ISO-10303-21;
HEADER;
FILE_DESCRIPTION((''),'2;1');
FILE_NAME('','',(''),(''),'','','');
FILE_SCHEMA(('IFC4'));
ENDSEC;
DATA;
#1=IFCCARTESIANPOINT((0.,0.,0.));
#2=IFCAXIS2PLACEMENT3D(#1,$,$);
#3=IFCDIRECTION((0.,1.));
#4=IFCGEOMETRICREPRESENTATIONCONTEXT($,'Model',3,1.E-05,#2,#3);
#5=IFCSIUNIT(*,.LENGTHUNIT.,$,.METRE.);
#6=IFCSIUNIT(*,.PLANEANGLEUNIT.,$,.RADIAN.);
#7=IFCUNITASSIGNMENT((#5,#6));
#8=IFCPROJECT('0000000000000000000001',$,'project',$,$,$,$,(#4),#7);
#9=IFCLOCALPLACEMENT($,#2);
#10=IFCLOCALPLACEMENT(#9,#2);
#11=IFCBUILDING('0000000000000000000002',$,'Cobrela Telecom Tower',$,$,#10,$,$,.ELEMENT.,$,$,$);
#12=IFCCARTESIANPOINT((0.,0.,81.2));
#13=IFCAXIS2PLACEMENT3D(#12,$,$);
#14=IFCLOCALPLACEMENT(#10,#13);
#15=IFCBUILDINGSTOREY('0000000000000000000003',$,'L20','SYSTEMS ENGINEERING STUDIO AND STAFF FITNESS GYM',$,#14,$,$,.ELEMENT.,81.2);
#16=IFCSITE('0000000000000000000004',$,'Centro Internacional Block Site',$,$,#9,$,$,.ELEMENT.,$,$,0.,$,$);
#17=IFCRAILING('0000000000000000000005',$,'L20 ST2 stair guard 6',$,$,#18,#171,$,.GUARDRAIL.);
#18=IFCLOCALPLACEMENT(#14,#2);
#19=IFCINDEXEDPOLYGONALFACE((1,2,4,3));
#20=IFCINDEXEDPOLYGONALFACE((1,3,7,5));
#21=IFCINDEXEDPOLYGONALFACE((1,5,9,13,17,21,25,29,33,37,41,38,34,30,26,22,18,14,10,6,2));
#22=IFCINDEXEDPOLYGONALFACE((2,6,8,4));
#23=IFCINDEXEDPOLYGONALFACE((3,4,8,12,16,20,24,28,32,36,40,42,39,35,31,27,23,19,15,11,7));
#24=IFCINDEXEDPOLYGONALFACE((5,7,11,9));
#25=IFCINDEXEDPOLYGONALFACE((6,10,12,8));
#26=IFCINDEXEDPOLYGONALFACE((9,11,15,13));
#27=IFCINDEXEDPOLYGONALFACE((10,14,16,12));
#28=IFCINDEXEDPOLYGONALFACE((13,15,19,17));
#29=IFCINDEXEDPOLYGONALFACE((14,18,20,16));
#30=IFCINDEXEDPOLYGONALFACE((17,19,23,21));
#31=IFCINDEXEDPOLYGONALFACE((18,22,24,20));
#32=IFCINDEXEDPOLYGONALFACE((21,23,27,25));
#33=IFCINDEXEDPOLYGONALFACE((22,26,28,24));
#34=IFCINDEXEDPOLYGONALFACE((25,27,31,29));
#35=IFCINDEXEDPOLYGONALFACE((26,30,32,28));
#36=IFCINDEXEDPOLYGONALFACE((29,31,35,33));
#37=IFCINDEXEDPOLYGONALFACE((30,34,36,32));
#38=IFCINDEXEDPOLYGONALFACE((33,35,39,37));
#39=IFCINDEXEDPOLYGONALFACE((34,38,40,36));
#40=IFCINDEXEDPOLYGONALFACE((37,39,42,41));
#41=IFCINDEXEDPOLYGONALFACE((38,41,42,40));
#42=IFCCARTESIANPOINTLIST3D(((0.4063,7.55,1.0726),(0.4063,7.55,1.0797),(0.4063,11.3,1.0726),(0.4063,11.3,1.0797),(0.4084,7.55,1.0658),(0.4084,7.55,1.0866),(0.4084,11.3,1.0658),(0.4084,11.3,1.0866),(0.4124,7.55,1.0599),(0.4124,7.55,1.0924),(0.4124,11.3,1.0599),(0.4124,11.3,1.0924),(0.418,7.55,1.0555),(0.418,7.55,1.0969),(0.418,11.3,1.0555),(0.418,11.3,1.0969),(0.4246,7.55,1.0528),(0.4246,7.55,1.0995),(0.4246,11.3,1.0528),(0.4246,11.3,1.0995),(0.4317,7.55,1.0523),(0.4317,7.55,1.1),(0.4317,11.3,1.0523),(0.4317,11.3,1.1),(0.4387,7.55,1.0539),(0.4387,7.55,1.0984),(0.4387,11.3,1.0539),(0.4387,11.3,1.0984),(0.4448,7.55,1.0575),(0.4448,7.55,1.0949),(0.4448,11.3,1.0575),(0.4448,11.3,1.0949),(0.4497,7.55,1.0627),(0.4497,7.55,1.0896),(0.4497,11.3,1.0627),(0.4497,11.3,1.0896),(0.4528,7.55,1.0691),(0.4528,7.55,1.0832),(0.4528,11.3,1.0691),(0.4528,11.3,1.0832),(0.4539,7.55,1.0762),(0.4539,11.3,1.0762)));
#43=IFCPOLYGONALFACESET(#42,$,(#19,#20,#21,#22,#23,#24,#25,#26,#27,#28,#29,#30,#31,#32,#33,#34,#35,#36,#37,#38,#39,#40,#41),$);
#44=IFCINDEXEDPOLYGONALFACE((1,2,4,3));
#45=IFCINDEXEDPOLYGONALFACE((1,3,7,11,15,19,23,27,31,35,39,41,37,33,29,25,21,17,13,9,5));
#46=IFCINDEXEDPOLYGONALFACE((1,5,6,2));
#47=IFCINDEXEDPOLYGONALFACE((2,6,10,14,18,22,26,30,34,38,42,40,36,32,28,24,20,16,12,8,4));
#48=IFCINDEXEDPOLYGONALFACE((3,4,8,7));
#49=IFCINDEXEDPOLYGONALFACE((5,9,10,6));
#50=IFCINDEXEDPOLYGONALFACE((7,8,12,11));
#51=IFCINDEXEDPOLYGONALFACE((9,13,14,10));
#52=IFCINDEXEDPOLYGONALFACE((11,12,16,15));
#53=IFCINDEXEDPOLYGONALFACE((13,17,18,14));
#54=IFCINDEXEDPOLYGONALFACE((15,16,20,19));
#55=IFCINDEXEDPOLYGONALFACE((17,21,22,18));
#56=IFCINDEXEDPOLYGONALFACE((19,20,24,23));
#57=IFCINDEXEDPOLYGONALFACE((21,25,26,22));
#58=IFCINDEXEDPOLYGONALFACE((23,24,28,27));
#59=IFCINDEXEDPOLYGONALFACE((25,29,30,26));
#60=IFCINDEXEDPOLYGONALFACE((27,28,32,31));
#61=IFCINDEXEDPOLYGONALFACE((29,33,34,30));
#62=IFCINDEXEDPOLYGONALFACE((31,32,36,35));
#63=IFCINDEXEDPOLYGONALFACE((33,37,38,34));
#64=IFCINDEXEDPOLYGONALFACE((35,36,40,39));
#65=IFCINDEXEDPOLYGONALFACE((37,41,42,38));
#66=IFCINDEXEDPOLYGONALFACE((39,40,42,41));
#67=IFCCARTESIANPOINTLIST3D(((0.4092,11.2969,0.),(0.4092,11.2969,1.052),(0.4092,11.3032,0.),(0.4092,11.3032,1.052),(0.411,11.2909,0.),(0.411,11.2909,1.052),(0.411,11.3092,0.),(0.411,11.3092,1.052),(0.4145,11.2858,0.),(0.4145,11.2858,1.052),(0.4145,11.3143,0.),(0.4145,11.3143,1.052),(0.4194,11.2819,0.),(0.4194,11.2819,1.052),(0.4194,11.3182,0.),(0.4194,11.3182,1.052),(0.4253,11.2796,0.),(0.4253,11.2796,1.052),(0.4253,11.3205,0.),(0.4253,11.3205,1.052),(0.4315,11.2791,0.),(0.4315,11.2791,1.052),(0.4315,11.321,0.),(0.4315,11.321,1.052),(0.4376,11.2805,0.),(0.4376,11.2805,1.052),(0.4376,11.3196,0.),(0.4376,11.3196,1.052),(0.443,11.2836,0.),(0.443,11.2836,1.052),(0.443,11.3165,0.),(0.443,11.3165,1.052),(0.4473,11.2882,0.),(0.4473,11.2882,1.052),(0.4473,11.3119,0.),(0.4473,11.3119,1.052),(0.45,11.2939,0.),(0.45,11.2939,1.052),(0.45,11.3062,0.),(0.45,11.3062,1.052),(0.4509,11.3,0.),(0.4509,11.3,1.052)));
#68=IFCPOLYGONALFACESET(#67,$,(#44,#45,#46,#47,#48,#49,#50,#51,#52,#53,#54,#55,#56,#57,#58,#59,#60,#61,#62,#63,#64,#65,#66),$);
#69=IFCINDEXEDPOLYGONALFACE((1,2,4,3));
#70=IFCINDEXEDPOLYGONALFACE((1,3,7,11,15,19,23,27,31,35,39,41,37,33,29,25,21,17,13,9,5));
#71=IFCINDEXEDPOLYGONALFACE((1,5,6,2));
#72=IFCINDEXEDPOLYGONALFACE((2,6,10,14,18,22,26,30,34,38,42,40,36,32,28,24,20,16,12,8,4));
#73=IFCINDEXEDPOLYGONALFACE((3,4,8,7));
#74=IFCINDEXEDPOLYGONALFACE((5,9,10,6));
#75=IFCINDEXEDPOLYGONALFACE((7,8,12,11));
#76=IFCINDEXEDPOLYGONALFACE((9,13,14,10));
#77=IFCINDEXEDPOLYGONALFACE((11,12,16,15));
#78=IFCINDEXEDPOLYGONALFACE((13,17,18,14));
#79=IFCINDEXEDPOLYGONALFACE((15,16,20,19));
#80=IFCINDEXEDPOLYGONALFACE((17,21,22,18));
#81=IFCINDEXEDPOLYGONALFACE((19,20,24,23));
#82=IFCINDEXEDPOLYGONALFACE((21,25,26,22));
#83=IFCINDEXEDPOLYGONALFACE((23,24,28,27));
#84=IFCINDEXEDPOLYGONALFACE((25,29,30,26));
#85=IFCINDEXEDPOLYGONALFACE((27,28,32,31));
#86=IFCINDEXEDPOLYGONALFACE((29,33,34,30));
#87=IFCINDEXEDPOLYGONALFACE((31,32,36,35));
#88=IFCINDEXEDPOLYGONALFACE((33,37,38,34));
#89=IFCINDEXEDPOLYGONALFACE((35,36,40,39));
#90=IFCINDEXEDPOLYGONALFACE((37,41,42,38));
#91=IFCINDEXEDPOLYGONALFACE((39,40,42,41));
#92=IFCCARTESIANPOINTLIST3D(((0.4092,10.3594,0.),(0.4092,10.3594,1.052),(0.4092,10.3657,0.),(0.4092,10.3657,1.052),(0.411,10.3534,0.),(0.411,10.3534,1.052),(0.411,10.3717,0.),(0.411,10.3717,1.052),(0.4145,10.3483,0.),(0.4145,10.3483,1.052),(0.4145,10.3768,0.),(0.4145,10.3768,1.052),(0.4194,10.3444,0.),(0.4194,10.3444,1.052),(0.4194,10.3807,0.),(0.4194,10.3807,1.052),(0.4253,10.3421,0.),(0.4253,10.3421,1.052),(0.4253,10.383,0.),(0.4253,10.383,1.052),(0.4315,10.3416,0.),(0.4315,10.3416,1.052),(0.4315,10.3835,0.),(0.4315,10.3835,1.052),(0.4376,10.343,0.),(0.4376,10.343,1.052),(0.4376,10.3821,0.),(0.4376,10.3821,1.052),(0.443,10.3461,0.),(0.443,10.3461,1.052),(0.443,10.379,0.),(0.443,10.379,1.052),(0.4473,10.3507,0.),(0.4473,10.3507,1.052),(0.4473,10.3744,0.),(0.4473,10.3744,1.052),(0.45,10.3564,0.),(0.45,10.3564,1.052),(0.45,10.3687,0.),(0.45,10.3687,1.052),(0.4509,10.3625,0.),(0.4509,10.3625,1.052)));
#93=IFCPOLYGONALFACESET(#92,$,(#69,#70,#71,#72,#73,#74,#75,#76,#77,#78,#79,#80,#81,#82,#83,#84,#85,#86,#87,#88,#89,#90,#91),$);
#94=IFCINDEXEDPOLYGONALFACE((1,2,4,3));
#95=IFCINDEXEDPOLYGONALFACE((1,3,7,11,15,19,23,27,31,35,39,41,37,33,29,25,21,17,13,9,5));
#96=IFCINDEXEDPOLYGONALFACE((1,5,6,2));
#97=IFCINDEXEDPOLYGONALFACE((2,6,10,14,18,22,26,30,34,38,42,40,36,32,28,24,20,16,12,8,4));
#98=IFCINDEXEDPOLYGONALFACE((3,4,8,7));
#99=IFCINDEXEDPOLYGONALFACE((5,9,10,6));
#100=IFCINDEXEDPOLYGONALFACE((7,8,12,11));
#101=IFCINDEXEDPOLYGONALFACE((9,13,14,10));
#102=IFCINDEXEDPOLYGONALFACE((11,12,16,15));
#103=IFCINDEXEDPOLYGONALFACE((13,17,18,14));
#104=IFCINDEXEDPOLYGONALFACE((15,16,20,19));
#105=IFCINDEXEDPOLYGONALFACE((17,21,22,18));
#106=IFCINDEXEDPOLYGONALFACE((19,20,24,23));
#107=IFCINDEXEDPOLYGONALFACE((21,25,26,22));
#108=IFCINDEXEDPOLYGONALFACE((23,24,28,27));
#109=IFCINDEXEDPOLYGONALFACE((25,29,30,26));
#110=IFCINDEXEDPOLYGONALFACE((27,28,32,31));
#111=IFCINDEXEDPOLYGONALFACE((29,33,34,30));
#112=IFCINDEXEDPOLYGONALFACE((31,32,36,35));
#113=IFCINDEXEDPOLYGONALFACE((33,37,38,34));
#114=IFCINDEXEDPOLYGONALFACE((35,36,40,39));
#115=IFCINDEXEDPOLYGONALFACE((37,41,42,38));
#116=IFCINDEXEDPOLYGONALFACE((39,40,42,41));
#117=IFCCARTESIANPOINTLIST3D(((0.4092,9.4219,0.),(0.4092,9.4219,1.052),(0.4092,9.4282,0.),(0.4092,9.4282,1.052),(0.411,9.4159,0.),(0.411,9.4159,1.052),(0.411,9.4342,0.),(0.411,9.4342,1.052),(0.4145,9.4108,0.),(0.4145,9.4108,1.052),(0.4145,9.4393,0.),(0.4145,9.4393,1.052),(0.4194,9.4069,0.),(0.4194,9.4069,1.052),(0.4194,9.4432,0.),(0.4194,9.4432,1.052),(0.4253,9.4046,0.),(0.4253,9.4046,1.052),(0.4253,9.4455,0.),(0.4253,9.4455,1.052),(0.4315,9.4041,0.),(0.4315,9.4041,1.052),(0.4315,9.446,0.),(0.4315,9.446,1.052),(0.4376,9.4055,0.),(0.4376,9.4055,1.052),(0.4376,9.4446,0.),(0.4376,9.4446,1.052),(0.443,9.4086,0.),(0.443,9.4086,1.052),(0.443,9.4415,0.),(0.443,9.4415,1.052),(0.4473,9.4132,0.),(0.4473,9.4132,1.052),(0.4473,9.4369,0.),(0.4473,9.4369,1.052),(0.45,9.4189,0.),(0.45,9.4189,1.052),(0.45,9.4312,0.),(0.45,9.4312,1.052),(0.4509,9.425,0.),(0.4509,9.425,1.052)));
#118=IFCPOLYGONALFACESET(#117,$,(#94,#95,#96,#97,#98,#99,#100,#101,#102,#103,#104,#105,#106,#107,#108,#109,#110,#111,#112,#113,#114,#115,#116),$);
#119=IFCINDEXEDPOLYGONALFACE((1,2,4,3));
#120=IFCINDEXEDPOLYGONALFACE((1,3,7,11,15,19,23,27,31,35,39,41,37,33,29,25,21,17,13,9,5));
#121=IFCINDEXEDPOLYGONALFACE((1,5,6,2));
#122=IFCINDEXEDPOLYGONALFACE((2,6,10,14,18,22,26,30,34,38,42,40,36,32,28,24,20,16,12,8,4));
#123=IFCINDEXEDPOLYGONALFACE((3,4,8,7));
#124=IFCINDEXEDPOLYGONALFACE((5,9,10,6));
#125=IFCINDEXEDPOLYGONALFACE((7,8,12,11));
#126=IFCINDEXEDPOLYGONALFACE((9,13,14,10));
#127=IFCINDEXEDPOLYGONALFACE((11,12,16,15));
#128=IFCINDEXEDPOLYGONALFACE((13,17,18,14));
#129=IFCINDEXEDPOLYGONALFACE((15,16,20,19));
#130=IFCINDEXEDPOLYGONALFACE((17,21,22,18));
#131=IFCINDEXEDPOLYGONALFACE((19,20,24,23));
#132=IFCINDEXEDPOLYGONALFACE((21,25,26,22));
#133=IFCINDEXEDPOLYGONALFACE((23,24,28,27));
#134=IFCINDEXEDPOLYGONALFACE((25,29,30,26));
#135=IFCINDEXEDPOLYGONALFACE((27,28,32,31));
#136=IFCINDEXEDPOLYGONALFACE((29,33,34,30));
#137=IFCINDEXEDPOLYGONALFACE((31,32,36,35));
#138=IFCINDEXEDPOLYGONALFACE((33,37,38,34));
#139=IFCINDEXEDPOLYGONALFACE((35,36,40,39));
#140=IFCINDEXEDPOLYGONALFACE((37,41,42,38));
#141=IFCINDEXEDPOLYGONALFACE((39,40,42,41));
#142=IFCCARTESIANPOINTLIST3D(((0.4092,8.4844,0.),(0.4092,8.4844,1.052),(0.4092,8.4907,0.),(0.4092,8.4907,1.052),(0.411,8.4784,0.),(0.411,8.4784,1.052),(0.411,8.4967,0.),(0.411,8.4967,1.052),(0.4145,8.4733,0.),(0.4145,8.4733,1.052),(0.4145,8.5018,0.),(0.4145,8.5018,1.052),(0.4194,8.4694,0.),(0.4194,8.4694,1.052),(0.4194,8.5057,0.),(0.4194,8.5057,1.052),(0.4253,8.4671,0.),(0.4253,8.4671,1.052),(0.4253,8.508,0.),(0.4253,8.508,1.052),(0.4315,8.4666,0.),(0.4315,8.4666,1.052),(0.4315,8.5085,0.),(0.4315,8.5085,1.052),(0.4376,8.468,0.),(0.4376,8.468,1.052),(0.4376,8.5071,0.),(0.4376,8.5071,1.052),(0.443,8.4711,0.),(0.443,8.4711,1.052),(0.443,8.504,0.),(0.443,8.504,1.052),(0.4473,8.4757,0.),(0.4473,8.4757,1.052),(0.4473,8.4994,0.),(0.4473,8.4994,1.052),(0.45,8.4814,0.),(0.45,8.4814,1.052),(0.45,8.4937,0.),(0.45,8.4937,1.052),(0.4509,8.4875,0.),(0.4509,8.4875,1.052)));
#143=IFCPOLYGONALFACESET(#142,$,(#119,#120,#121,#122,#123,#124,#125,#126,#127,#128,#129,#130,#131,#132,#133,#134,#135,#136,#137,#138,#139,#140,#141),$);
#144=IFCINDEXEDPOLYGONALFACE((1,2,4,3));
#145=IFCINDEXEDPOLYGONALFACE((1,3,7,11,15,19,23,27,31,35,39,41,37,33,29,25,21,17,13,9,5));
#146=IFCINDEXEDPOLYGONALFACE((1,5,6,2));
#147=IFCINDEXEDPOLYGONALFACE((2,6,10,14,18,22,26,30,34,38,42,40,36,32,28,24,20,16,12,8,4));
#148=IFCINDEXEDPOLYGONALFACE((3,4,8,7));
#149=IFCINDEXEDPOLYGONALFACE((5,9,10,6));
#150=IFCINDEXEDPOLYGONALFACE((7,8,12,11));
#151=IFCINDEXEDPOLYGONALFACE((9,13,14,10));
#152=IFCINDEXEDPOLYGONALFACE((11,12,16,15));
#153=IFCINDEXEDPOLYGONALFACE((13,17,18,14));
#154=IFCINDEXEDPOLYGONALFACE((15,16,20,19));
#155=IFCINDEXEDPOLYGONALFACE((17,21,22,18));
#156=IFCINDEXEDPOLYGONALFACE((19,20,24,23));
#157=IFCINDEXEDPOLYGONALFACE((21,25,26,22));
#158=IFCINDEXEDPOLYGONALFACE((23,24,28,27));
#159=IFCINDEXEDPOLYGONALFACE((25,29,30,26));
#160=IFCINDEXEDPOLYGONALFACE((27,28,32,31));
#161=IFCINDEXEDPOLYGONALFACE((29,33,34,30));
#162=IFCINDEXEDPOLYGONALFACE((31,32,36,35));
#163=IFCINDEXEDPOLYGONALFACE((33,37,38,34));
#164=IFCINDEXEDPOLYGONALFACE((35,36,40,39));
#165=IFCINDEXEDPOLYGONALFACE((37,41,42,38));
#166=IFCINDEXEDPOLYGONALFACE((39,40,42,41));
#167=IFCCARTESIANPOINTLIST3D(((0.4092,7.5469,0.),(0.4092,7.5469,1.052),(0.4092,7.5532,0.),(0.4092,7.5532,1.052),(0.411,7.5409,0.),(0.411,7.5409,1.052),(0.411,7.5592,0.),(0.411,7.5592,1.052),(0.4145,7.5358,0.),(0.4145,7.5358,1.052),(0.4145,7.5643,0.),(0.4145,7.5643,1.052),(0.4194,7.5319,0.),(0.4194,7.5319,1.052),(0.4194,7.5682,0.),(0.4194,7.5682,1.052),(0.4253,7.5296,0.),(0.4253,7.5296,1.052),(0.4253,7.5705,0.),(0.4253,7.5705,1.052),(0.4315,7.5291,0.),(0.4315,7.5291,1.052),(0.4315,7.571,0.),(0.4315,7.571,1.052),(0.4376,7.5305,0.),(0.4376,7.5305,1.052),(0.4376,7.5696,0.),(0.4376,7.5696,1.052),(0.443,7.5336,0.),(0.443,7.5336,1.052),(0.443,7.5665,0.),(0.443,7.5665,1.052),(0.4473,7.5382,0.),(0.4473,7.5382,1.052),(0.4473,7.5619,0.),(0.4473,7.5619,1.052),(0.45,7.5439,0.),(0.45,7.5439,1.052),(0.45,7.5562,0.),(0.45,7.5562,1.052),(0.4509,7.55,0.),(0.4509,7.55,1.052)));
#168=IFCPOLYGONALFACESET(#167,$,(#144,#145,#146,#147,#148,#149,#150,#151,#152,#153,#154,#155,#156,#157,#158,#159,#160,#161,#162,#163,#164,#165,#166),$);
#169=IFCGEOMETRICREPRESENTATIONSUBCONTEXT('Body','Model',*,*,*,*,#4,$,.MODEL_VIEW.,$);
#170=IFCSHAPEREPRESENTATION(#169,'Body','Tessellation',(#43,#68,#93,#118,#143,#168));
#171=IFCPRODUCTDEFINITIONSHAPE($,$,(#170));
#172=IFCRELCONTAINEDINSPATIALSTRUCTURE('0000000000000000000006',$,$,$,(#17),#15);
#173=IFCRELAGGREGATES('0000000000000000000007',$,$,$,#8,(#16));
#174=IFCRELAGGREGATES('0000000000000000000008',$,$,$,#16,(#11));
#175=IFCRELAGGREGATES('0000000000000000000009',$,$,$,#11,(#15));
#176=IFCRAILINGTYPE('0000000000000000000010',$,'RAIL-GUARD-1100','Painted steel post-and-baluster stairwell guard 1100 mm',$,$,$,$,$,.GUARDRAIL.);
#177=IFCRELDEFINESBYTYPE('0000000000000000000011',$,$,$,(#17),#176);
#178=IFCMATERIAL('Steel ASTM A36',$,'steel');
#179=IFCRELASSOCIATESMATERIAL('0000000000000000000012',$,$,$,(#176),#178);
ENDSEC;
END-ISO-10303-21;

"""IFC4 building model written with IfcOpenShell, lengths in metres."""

from ifc_helpers import new_model, si_unit, direction, frame, origin, origin_2d, place, context, subcontext, project, spatial, circle, extrude, material, type_object, element, save


model = new_model("IFC4")

# Units and contexts
model_context = context("Model", 3, precision=1e-05, world=origin(), true_north=direction((0.0, 1.0)))
body_context = subcontext(model_context, "Body", "Model", "MODEL_VIEW")
ifc_project = project(units=[si_unit("LENGTHUNIT", "METRE"), si_unit("PLANEANGLEUNIT", "RADIAN")], contexts=[model_context])

# Site, building, storey
site_placement = place(None, origin())
site = spatial("IfcSite", under=ifc_project, at=site_placement, Name="Centro Internacional Block Site", CompositionType="ELEMENT", RefElevation=0.0)
building_placement = place(site_placement, origin())
building = spatial("IfcBuilding", under=site, at=building_placement, Name="Cobrela Telecom Tower", CompositionType="ELEMENT")
storey_placement = place(building_placement, frame((0.0, 0.0, 81.2)))
storey = spatial("IfcBuildingStorey", under=building, at=storey_placement, Name="L20", Description="SYSTEMS ENGINEERING STUDIO AND STAFF FITNESS GYM", CompositionType="ELEMENT", Elevation=81.2)

# Railing
ifc_material_1 = material(Name="Steel ASTM A36", Category="steel")
railing_type_1 = type_object("IfcRailingType", Name="RAIL-GUARD-1100", Description="Painted steel post-and-baluster stairwell guard 1100 mm", PredefinedType="GUARDRAIL", material=ifc_material_1)
railing_1_placement = place(storey_placement, frame((0.4299, 11.3, 0.0)))
element("IfcRailing", 1, at=railing_1_placement, inside=storey, type_object=railing_type_1, Name="L20 ST2 stair guard 6", PredefinedType="GUARDRAIL", context=body_context, shape_type="SweptSolid", body=[
    extrude(circle(Radius=0.0239, at=origin_2d()), frame((0.0, 0.0, 1.0762), z_axis=(0.0, -1.0, 0.0), x_axis=(1.0, 0.0, 0.0)), (0.0, 0.0, 1.0), 3.75),
    extrude(circle(Radius=0.021, at=origin_2d()), origin(), (0.0, 0.0, 1.0), 1.052),
    extrude(circle(Radius=0.021, at=origin_2d()), frame((0.0, -0.9375, 0.0)), (0.0, 0.0, 1.0), 1.052),
    extrude(circle(Radius=0.021, at=origin_2d()), frame((0.0, -1.875, 0.0)), (0.0, 0.0, 1.0), 1.052),
    extrude(circle(Radius=0.021, at=origin_2d()), frame((0.0, -2.8125, 0.0)), (0.0, 0.0, 1.0), 1.052),
    extrude(circle(Radius=0.021, at=origin_2d()), frame((0.0, -3.75, 0.0)), (0.0, 0.0, 1.0), 1.052),
])

save(model, "model.ifc")
